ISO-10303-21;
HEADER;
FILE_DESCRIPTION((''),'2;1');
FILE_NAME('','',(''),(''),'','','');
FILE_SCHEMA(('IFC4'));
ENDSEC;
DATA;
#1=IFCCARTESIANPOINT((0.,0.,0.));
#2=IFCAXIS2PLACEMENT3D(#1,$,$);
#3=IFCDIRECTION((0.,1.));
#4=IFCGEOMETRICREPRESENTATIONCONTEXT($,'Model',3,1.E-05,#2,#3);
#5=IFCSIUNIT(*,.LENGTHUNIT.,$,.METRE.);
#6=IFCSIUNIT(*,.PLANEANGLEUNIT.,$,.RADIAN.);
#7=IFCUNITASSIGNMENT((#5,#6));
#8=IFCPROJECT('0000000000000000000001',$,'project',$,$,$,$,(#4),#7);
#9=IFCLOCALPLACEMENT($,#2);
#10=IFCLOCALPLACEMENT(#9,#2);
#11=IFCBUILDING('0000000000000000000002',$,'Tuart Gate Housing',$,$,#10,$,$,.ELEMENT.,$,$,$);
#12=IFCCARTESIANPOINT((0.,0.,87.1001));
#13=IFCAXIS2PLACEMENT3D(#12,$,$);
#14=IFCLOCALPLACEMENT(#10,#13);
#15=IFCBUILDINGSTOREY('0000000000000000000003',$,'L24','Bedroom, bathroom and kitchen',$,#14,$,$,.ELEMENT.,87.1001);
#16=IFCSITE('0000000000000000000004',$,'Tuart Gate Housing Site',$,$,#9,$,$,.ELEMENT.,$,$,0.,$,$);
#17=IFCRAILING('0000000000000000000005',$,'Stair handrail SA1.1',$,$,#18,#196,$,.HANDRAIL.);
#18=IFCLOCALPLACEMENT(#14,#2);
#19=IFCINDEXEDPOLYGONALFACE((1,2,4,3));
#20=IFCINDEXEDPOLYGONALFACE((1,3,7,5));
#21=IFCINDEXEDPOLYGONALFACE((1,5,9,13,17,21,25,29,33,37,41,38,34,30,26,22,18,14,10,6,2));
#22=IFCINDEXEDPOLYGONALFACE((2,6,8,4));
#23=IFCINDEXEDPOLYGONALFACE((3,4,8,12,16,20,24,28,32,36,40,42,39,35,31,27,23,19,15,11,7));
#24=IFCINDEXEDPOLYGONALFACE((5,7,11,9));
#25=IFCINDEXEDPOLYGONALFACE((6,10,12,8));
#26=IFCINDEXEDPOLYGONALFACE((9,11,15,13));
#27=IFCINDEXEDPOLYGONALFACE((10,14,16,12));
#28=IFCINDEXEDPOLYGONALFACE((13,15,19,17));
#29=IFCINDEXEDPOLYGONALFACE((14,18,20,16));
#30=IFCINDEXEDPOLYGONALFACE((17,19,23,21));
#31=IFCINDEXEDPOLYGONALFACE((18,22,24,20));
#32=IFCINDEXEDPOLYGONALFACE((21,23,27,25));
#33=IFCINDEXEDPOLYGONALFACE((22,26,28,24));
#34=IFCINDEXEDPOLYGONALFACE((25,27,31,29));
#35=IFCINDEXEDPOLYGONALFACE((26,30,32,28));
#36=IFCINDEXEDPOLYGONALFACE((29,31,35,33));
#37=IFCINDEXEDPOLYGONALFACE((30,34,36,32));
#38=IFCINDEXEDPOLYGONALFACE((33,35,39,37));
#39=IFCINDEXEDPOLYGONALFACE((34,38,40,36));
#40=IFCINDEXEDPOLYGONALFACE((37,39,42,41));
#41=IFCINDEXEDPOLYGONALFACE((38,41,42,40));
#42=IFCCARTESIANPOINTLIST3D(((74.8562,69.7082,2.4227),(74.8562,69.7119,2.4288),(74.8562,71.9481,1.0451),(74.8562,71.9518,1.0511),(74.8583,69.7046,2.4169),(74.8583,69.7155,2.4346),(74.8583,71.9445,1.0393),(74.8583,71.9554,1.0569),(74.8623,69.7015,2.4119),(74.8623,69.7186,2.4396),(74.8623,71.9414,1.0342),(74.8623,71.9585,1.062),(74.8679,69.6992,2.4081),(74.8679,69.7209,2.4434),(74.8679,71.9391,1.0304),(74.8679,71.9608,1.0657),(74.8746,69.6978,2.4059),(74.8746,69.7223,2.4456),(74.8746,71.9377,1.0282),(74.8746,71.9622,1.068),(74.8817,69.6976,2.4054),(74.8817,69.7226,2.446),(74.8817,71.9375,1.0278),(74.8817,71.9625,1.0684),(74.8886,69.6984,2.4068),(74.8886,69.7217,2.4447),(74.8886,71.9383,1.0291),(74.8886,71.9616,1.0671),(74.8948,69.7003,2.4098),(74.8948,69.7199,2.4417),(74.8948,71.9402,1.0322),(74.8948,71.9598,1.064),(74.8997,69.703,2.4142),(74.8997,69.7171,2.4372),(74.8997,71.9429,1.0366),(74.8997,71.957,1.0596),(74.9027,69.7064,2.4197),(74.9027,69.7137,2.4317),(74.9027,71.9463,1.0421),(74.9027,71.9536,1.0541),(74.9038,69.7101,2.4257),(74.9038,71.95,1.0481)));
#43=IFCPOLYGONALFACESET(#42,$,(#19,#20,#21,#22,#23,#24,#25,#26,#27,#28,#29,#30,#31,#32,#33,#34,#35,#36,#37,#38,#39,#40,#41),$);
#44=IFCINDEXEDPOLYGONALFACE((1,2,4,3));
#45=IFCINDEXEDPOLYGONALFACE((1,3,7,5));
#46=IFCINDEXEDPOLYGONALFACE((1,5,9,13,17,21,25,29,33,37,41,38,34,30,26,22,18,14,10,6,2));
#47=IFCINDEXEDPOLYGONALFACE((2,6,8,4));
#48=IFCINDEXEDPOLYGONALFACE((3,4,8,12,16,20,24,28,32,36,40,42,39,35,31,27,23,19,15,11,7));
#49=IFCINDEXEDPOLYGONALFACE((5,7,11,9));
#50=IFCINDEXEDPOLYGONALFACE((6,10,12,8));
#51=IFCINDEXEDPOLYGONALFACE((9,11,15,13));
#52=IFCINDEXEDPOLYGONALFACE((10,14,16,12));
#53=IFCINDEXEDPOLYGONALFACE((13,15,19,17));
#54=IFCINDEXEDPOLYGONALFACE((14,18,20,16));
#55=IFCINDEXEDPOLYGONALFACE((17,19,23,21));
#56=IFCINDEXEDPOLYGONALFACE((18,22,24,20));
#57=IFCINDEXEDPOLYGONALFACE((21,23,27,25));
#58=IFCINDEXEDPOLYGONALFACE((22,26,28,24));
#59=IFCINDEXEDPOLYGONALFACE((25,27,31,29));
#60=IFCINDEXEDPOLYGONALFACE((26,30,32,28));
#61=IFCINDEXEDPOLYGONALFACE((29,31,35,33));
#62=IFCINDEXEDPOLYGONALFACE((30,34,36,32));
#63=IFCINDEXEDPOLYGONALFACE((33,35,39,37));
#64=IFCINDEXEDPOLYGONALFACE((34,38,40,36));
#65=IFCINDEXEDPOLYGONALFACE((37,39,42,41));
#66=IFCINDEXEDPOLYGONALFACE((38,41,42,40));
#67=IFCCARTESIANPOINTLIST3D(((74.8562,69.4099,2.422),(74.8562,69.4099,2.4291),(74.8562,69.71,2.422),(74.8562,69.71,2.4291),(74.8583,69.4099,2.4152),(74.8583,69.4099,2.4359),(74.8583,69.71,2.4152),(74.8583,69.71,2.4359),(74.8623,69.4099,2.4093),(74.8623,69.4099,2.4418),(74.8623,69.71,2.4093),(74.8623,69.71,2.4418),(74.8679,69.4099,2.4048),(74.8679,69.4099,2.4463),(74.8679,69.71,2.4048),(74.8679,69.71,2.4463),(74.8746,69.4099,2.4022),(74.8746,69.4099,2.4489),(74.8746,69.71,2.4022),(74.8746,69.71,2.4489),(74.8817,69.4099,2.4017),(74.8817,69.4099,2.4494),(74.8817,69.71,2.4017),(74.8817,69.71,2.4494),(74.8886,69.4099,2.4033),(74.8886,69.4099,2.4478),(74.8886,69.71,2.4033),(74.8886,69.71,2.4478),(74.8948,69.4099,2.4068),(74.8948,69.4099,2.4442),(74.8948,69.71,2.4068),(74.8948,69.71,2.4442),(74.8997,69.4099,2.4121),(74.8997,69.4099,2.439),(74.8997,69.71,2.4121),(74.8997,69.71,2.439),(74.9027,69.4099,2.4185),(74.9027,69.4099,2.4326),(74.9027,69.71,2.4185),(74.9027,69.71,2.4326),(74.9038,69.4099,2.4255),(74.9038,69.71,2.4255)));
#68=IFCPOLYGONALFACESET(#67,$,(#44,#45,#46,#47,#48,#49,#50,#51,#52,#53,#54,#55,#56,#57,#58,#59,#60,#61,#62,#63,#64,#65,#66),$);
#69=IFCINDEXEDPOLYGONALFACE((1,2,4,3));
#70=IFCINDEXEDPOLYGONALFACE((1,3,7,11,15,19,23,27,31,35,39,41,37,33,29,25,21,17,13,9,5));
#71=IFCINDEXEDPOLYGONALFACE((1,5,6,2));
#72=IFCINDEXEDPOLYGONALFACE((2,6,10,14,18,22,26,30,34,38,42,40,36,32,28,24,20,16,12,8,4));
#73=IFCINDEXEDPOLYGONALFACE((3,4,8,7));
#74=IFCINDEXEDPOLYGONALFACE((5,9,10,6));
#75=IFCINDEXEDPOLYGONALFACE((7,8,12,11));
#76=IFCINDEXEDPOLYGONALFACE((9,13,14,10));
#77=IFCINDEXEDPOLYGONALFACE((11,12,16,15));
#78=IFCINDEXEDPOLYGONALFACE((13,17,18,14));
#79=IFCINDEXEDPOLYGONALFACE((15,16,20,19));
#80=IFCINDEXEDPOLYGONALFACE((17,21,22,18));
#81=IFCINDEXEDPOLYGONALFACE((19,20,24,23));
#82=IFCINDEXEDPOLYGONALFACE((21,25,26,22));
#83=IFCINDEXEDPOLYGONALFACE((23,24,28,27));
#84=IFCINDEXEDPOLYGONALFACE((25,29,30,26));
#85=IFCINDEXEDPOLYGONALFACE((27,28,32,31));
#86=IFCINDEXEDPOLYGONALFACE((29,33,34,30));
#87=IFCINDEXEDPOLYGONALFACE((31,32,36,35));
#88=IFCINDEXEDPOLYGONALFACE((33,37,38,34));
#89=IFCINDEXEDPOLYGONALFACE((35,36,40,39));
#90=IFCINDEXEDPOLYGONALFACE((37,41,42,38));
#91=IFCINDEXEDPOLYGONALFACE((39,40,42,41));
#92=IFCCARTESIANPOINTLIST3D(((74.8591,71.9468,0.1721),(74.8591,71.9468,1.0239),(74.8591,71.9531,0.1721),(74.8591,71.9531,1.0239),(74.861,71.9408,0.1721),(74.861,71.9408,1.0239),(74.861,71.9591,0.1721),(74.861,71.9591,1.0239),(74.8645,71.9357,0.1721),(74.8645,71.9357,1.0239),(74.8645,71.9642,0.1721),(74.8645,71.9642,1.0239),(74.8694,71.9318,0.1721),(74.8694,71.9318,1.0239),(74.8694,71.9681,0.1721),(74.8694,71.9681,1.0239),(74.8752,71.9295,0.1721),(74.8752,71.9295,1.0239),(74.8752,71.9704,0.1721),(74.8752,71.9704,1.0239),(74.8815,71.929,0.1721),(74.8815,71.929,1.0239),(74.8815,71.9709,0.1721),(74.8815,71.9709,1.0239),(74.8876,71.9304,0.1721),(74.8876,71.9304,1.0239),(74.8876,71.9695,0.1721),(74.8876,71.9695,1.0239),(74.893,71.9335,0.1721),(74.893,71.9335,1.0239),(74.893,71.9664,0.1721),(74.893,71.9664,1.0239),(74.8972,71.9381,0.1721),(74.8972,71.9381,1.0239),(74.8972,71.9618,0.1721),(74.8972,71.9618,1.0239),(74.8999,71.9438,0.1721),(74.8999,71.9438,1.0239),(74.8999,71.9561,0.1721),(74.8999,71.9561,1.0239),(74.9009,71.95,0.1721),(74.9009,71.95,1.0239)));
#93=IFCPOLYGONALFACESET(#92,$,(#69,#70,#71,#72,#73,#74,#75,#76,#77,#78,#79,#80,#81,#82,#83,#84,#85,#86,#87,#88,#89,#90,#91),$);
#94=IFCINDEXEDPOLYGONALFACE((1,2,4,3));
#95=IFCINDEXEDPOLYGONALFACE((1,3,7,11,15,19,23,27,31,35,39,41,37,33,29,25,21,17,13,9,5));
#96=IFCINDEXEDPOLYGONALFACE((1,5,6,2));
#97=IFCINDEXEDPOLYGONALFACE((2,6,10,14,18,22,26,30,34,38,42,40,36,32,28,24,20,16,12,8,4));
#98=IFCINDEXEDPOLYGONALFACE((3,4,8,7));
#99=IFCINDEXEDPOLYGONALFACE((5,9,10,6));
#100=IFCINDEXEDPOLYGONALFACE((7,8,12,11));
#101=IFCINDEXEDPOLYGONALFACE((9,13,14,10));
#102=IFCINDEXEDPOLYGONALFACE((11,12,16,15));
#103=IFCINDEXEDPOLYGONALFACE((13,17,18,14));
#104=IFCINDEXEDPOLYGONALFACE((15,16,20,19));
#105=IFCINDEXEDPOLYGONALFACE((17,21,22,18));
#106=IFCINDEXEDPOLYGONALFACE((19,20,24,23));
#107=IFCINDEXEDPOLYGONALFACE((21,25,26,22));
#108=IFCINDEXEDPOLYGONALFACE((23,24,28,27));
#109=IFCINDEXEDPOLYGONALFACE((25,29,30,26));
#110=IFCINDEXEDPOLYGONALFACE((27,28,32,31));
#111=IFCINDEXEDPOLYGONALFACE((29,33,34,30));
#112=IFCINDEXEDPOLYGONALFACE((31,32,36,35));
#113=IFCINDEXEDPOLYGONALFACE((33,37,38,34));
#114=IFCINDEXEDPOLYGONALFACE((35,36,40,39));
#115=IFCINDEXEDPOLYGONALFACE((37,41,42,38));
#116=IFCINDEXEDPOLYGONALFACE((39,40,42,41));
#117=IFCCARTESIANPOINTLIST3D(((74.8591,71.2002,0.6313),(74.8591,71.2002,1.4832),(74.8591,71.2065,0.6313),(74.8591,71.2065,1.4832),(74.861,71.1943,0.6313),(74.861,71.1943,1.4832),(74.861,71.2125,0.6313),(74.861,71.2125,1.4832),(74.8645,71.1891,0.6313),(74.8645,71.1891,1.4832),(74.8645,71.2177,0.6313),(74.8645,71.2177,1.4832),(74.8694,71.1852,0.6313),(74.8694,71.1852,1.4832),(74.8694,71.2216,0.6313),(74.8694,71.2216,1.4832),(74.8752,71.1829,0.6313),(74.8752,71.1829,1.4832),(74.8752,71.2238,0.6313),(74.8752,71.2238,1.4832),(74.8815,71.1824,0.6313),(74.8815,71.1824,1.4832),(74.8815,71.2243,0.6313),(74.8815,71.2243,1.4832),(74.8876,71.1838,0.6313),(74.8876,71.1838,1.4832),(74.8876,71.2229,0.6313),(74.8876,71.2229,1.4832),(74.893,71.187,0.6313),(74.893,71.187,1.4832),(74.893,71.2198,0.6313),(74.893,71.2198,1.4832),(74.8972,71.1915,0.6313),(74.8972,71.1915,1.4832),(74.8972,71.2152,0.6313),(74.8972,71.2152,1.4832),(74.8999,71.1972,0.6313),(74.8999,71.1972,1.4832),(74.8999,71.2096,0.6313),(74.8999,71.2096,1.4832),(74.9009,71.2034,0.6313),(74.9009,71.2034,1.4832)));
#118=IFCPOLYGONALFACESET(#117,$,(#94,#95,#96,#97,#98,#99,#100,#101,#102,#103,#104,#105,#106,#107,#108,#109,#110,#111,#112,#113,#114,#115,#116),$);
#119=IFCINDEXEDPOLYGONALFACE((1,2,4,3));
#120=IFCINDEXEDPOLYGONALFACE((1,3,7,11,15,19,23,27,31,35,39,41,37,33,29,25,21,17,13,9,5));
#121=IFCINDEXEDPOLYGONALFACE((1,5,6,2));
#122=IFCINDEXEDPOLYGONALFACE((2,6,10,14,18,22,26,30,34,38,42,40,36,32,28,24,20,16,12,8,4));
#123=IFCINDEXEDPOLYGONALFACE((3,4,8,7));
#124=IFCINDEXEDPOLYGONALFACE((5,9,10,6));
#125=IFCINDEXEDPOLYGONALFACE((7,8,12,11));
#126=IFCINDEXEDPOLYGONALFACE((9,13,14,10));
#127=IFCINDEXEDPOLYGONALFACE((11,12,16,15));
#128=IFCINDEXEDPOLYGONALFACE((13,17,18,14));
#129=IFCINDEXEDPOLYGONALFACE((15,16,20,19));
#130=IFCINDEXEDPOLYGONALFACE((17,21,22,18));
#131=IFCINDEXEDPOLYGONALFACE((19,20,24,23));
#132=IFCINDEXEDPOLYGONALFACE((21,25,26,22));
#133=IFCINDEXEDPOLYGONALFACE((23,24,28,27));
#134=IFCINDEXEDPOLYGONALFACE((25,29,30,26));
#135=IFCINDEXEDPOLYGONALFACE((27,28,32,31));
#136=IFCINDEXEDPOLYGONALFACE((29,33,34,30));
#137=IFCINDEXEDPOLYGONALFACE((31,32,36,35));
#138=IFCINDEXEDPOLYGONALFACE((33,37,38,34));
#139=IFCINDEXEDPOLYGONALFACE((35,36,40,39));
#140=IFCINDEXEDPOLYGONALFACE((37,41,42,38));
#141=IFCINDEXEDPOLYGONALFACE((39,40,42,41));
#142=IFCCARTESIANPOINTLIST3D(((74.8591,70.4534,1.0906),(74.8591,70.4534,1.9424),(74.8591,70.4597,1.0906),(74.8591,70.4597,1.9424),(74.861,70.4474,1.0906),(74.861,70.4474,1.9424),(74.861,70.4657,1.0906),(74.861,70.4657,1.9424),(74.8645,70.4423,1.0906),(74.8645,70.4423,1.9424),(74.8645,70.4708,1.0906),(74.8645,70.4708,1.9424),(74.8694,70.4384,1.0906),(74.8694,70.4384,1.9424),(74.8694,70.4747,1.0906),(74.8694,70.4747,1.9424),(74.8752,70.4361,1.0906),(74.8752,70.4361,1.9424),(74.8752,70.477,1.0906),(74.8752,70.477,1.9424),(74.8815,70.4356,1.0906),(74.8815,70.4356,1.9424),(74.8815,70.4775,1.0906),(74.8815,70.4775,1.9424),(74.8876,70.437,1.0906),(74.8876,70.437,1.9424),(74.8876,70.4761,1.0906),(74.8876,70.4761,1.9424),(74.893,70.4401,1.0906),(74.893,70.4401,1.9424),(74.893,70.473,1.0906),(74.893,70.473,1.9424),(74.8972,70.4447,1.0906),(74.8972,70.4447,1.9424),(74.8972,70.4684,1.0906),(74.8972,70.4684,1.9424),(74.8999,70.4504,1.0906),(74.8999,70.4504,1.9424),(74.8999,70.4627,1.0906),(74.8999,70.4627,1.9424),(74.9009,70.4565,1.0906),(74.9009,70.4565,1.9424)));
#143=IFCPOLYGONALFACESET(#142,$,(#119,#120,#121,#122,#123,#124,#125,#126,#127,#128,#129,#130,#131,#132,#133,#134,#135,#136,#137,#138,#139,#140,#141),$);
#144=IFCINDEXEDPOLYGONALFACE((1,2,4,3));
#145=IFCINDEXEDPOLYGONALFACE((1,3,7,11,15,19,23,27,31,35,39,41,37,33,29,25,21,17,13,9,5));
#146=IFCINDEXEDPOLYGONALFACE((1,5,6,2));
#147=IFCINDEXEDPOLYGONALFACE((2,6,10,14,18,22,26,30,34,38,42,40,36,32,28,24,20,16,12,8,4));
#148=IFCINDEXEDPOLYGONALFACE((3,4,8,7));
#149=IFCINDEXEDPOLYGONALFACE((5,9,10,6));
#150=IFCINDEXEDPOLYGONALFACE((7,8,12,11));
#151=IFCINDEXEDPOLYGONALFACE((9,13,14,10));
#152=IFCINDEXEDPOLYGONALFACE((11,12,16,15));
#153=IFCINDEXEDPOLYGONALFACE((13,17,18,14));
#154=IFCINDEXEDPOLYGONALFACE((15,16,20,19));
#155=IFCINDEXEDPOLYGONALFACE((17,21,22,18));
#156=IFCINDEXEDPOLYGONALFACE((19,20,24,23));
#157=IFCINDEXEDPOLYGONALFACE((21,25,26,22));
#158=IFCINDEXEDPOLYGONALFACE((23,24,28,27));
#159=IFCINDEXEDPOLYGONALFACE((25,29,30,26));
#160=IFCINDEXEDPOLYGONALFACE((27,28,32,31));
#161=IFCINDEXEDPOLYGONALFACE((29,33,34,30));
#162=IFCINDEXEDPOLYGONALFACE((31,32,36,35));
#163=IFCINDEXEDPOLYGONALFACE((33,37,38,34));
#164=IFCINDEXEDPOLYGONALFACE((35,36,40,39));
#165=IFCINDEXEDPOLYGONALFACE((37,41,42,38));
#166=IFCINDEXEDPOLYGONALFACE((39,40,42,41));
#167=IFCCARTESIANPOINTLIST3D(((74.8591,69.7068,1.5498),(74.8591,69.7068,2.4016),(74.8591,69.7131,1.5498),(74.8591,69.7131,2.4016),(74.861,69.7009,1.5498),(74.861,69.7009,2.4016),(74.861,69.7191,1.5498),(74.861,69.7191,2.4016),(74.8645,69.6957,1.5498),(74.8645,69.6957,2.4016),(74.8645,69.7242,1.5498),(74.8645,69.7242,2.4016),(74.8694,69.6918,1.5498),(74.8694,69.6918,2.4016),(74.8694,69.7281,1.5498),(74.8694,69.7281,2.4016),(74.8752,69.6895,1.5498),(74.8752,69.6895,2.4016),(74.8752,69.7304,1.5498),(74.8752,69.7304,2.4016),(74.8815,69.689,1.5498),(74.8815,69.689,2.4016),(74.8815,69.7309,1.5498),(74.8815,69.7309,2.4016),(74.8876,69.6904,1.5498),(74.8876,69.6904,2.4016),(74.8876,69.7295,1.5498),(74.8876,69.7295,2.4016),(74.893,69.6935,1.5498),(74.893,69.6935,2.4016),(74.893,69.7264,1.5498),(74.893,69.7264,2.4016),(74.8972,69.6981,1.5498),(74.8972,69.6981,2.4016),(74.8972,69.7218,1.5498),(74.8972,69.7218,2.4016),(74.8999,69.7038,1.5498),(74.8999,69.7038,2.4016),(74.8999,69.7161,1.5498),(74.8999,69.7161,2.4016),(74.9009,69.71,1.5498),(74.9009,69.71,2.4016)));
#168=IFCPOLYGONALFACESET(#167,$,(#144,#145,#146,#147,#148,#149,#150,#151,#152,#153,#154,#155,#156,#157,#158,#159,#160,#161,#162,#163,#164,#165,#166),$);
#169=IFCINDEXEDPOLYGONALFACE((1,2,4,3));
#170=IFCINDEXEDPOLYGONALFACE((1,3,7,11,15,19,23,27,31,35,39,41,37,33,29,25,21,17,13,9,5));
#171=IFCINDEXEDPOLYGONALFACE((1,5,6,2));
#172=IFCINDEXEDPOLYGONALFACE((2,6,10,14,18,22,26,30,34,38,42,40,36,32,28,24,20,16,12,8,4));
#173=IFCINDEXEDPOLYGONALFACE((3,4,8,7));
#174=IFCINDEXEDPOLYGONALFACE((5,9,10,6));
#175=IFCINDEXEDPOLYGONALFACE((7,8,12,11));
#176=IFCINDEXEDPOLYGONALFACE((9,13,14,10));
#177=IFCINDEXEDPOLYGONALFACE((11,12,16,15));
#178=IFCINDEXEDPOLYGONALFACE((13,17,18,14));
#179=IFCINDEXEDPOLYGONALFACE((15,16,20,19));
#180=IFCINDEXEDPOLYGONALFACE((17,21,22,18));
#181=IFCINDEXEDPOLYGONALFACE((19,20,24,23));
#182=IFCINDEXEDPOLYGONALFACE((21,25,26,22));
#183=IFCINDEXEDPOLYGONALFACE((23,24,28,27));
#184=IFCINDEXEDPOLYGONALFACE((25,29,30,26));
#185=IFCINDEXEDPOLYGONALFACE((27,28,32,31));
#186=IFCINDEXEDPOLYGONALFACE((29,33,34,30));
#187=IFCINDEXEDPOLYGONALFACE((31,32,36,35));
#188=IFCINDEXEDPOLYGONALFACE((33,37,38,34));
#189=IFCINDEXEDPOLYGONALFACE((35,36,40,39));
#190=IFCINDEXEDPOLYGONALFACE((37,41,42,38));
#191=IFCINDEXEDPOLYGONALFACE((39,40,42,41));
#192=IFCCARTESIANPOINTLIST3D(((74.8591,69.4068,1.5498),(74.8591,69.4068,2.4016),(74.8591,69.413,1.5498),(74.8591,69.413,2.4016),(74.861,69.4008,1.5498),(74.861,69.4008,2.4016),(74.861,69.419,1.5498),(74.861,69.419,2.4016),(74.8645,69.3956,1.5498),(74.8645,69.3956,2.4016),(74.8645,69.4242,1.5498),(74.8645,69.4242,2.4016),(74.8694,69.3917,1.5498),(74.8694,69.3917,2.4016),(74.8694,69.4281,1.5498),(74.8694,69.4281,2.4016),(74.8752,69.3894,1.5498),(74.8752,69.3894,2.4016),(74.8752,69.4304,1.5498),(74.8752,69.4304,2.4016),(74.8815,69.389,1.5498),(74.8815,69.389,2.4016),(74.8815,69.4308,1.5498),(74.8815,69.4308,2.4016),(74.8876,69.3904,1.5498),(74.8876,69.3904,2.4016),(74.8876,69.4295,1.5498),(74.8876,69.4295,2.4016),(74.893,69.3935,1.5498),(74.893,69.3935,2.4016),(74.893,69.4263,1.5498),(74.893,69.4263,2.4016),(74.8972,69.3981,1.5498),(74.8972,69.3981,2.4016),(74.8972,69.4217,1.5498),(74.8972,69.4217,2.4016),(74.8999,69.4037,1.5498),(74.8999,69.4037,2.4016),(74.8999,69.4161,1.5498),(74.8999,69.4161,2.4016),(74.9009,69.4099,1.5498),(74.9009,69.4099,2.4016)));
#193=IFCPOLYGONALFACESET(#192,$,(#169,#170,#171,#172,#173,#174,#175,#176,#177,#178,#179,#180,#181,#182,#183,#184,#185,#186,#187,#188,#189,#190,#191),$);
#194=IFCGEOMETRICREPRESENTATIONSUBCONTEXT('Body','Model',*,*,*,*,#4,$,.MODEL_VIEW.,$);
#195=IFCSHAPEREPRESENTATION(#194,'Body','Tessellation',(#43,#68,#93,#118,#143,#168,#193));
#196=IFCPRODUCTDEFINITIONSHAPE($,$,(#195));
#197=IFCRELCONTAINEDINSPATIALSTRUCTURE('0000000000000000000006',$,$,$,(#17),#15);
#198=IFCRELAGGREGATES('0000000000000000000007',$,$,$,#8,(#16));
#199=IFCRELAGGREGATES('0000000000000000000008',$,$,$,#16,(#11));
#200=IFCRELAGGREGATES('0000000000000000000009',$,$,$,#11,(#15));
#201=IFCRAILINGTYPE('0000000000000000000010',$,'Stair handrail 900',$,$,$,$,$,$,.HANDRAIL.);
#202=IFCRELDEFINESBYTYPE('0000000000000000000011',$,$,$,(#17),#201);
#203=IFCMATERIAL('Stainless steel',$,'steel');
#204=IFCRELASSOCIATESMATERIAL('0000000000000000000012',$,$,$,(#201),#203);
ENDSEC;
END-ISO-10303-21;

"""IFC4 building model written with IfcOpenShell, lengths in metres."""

from ifc_helpers import new_model, si_unit, direction, frame, origin, origin_2d, place, context, subcontext, project, spatial, circle, extrude, material, type_object, element, save


model = new_model("IFC4")

# Units and contexts
model_context = context("Model", 3, precision=1e-05, world=origin(), true_north=direction((0.0, 1.0)))
body_context = subcontext(model_context, "Body", "Model", "MODEL_VIEW")
ifc_project = project(units=[si_unit("LENGTHUNIT", "METRE"), si_unit("PLANEANGLEUNIT", "RADIAN")], contexts=[model_context])

# Site, building, storey
site_placement = place(None, origin())
site = spatial("IfcSite", under=ifc_project, at=site_placement, Name="Tuart Gate Housing Site", CompositionType="ELEMENT", RefElevation=0.0)
building_placement = place(site_placement, origin())
building = spatial("IfcBuilding", under=site, at=building_placement, Name="Tuart Gate Housing", CompositionType="ELEMENT")
storey_placement = place(building_placement, frame((0.0, 0.0, 87.1001)))
storey = spatial("IfcBuildingStorey", under=building, at=storey_placement, Name="L24", Description="Bedroom, bathroom and kitchen", CompositionType="ELEMENT", Elevation=87.1001)

# Railing
ifc_material_1 = material(Name="Stainless steel", Category="steel")
railing_type = type_object("IfcRailingType", Name="Stair handrail 900", PredefinedType="HANDRAIL", material=ifc_material_1)
railing_placement = place(storey_placement, frame((74.8799, 71.95, 0.1721)))
element("IfcRailing", 1, at=railing_placement, inside=storey, type_object=railing_type, Name="Stair handrail SA1.1", PredefinedType="HANDRAIL", context=body_context, shape_type="SweptSolid", body=[
    extrude(circle(Radius=0.0239, at=origin_2d()), frame((0.0, 0.0, 0.876), z_axis=(0.0, -0.851789, 0.523885), x_axis=(1.0, 0.0, 0.0)), (0.0, 0.0, 1.0), 2.6296),
    extrude(circle(Radius=0.0239, at=origin_2d()), frame((0.0, -2.24, 2.2534), z_axis=(0.0, -1.0, 0.0), x_axis=(1.0, 0.0, 0.0)), (0.0, 0.0, 1.0), 0.3),
    extrude(circle(Radius=0.021, at=origin_2d()), origin(), (0.0, 0.0, 1.0), 0.8518),
    extrude(circle(Radius=0.021, at=origin_2d()), frame((0.0, -0.7466, 0.4592)), (0.0, 0.0, 1.0), 0.8518),
    extrude(circle(Radius=0.021, at=origin_2d()), frame((0.0, -1.4934, 0.9185)), (0.0, 0.0, 1.0), 0.8518),
    extrude(circle(Radius=0.021, at=origin_2d()), frame((0.0, -2.24, 1.3777)), (0.0, 0.0, 1.0), 0.8518),
    extrude(circle(Radius=0.021, at=origin_2d()), frame((0.0, -2.54, 1.3777)), (0.0, 0.0, 1.0), 0.8518),
])

save(model, "model.ifc")
